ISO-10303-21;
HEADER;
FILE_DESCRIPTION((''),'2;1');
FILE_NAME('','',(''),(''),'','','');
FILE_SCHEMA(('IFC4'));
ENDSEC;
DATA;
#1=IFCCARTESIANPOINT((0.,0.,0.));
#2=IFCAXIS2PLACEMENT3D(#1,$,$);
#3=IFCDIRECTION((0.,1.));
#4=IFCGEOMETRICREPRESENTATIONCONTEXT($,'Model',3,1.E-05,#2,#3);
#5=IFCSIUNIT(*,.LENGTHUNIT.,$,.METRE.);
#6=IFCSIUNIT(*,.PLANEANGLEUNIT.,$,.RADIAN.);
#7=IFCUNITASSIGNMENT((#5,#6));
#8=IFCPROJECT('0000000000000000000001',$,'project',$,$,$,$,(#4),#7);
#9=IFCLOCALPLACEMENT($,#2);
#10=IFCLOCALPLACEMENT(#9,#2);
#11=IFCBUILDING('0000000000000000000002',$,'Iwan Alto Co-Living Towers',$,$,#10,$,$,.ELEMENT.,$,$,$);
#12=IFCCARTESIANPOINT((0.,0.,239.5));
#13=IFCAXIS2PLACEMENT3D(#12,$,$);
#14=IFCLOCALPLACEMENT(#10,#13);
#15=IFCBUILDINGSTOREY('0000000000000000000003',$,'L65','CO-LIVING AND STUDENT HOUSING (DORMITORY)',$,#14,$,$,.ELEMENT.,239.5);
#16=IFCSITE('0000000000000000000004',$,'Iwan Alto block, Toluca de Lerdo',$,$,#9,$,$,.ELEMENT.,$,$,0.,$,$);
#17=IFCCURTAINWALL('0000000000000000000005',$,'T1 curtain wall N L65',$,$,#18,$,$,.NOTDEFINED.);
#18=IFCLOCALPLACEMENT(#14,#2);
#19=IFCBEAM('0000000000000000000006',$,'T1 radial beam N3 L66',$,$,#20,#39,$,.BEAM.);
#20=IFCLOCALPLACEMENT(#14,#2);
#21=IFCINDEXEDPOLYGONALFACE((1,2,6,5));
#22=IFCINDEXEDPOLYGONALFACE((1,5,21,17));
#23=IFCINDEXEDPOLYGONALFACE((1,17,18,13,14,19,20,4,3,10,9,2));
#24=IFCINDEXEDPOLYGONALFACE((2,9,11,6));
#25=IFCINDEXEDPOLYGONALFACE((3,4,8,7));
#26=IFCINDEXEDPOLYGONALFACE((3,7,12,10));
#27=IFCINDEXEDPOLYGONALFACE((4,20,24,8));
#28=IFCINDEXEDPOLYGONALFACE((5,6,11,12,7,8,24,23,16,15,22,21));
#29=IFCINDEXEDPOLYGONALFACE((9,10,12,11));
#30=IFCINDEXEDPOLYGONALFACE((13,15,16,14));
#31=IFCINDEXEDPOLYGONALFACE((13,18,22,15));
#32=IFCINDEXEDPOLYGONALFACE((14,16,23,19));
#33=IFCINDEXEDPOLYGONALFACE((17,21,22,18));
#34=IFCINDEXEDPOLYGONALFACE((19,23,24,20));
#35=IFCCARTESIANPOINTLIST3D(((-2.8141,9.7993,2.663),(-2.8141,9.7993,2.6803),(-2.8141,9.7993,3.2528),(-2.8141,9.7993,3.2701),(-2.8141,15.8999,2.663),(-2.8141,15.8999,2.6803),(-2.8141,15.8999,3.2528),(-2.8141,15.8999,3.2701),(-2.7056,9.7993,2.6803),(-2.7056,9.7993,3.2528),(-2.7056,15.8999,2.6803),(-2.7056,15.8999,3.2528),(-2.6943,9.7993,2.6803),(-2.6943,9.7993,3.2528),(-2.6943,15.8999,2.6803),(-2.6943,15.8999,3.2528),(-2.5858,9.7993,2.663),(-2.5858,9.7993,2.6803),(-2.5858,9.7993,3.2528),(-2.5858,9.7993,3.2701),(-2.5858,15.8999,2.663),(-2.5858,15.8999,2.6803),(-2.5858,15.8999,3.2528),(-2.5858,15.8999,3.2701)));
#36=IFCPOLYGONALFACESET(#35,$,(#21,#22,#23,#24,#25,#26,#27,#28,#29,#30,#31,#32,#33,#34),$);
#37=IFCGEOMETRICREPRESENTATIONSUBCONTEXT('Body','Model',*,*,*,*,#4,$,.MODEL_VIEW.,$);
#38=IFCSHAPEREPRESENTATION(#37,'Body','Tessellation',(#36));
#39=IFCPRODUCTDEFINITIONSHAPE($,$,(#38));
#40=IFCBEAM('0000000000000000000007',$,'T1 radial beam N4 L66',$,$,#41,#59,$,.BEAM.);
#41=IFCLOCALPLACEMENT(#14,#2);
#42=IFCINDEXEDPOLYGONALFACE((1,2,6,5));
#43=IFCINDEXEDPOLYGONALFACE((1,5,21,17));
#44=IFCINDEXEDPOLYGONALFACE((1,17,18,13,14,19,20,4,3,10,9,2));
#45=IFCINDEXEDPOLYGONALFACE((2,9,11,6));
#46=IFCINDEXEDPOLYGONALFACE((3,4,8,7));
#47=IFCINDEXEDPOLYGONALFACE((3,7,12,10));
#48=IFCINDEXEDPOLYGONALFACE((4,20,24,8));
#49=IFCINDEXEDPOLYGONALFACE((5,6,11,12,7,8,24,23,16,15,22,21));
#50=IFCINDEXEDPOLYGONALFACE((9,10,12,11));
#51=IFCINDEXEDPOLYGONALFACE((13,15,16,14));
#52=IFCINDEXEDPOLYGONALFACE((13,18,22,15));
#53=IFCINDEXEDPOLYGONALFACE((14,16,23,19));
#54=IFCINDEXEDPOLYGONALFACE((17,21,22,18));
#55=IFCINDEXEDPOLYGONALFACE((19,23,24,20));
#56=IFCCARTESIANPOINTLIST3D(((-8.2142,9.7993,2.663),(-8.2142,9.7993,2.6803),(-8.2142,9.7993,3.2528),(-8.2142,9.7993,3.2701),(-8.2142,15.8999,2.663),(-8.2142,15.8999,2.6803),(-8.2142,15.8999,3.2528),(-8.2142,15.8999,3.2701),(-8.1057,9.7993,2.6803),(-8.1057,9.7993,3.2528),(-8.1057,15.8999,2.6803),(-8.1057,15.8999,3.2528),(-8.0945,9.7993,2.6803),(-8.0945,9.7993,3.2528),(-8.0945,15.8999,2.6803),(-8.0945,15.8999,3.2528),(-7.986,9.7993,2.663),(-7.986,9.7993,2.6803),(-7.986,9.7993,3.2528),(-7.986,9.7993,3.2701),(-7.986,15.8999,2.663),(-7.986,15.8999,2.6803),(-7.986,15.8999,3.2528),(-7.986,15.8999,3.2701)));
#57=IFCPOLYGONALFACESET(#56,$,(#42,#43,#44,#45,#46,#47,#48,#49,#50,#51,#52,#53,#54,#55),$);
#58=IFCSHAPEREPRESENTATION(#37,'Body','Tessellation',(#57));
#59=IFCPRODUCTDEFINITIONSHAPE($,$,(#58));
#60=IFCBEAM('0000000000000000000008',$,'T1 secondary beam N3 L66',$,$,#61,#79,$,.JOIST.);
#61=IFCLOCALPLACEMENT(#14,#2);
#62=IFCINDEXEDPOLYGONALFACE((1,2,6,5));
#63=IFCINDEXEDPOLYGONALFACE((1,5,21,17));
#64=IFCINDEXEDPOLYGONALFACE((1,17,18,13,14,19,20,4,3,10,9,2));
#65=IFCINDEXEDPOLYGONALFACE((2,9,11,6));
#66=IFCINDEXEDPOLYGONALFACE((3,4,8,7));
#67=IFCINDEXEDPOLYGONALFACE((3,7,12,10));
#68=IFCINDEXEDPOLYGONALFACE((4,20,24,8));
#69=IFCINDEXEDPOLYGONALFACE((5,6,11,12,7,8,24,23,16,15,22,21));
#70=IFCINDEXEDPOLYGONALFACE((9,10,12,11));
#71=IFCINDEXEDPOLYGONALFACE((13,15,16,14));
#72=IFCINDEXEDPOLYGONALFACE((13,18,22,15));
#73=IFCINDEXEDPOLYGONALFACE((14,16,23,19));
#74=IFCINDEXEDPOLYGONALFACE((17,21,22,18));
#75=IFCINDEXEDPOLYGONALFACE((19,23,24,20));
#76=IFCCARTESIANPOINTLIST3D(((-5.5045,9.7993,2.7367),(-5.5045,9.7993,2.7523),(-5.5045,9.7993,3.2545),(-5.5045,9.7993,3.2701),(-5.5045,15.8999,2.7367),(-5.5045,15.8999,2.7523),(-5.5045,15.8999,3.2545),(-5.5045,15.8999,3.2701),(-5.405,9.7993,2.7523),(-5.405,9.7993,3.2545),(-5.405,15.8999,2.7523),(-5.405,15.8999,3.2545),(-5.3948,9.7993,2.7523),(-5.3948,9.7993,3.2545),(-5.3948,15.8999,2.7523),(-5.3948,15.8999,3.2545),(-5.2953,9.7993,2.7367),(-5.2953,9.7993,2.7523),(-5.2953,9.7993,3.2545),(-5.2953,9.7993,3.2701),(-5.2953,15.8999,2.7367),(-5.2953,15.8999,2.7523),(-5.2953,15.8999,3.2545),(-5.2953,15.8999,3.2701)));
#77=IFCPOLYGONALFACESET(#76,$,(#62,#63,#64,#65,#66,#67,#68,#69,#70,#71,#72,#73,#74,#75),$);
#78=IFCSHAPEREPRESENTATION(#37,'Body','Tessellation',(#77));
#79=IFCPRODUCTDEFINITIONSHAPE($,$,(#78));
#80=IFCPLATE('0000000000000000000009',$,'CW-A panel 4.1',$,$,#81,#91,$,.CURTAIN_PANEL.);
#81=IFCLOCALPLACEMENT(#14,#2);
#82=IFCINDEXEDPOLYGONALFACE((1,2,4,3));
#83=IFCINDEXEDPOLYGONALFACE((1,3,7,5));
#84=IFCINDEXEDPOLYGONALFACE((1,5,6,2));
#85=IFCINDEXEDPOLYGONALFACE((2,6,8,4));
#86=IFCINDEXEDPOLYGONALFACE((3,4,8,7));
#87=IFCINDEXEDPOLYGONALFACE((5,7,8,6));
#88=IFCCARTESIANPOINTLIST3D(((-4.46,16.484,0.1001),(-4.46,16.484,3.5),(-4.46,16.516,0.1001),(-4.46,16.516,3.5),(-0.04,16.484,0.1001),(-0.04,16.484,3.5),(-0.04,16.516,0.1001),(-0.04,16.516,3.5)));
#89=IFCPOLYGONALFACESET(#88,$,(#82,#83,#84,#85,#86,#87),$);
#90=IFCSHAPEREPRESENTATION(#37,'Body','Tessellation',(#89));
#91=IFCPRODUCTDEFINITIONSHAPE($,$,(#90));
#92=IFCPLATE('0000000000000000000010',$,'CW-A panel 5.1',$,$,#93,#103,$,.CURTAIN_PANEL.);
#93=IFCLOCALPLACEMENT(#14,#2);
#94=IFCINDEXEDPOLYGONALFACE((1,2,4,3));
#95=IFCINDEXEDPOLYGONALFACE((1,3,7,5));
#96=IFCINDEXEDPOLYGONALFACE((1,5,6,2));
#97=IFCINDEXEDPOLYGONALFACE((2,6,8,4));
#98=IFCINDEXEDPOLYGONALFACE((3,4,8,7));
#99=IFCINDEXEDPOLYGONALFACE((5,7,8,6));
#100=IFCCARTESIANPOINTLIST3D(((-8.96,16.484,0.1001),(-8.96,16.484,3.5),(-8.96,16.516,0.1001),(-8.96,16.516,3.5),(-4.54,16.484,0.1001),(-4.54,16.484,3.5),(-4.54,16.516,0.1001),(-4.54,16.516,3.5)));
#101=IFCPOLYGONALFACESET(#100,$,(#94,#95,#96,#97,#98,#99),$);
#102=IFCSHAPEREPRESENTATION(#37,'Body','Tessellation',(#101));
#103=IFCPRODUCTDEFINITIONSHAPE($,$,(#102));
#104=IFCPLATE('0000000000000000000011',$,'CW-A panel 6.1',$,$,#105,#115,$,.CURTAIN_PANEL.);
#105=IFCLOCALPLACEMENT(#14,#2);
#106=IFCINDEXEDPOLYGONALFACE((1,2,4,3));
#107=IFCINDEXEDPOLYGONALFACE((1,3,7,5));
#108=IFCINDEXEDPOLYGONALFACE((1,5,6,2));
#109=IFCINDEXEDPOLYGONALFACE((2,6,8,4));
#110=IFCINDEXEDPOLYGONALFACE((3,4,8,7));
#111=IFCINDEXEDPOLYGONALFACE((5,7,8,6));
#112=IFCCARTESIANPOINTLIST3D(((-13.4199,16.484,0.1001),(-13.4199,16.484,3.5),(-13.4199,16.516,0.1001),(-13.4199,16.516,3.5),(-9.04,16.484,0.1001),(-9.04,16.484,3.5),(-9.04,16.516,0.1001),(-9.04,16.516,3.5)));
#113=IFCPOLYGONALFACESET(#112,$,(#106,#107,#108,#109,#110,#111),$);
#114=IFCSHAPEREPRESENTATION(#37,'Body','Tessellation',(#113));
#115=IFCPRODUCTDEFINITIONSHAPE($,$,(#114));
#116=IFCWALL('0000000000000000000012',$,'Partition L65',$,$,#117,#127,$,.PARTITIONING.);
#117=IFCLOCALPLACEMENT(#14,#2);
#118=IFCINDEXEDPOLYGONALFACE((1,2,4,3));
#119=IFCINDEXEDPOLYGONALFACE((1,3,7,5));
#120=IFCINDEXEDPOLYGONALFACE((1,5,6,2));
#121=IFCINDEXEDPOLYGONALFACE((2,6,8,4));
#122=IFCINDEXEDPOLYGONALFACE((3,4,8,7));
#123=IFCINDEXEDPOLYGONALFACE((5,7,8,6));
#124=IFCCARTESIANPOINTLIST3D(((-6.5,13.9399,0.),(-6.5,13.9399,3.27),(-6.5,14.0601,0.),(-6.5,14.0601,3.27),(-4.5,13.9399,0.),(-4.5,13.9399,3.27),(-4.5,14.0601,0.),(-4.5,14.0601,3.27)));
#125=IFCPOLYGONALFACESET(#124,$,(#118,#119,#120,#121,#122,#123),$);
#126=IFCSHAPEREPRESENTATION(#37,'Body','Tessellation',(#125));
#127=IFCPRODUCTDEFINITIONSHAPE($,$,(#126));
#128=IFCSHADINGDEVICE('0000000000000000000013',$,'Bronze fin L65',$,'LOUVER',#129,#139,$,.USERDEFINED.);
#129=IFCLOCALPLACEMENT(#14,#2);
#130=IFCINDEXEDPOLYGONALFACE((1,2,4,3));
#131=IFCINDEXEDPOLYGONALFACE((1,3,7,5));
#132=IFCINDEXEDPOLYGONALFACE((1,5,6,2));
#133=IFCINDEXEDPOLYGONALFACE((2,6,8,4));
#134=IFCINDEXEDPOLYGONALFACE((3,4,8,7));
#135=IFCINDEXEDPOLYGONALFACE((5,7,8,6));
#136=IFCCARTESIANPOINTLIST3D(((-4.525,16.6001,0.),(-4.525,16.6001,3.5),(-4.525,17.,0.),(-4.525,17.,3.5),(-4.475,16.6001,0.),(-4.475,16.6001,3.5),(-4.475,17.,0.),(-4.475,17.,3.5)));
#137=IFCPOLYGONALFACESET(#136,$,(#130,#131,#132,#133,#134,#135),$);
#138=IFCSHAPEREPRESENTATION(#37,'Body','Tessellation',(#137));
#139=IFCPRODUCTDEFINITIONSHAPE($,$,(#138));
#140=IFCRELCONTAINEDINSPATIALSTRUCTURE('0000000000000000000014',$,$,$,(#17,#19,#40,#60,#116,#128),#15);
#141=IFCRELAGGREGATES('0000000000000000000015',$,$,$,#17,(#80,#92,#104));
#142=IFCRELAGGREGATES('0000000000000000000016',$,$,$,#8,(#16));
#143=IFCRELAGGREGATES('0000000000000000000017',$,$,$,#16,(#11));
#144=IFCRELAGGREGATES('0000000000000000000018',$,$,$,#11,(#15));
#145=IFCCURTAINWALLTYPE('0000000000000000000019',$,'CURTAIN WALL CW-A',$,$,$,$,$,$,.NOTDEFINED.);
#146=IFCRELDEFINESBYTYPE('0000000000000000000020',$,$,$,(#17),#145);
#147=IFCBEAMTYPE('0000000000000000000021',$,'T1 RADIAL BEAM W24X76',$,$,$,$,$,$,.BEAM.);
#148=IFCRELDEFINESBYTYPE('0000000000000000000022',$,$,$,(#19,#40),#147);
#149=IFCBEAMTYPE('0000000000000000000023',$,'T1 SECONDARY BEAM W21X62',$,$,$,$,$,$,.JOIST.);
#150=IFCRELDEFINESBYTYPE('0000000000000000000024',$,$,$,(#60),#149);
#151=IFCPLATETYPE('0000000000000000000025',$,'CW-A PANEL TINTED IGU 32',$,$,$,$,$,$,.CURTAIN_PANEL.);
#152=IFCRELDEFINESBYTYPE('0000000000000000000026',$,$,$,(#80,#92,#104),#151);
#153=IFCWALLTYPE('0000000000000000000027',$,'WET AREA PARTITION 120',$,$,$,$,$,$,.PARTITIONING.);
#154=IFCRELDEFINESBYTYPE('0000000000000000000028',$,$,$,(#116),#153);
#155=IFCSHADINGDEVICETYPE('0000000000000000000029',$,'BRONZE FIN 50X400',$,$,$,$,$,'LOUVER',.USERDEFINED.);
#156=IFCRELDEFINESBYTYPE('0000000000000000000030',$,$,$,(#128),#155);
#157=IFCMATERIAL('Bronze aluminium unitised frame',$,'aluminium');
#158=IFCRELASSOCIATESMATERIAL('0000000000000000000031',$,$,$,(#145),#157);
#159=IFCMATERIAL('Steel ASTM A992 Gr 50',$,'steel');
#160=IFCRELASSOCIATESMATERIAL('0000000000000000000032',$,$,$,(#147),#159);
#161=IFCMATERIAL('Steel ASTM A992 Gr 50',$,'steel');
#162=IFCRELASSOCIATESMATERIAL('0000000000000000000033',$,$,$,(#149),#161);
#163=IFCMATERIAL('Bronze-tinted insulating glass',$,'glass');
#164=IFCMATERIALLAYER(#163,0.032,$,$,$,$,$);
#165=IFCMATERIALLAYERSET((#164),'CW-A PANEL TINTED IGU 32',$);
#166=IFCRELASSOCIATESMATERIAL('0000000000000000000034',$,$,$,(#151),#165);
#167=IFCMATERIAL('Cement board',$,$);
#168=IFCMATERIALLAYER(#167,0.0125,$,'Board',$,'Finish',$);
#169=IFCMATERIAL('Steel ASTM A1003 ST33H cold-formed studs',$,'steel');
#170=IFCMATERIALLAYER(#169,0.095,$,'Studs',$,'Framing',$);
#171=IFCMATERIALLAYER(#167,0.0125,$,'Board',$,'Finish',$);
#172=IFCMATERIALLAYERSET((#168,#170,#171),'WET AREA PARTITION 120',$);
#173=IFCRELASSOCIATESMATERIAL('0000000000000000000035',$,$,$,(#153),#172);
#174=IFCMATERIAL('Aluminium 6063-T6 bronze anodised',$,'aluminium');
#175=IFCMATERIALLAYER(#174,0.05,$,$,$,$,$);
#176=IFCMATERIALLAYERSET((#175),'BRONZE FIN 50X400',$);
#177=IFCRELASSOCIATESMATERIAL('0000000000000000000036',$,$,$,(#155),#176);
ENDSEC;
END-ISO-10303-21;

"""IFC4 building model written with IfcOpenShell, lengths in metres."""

from ifc_helpers import new_model, si_unit, direction, frame, frame_2d, origin, origin_2d, place, context, subcontext, project, spatial, rectangle, i_section, extrude, material, layer, layer_set, material_profile, profile_set, type_object, element, aggregate, save


model = new_model("IFC4")

# Units and contexts
model_context = context("Model", 3, precision=1e-05, world=origin(), true_north=direction((0.0, 1.0)))
body_context = subcontext(model_context, "Body", "Model", "MODEL_VIEW")
ifc_project = project(units=[si_unit("LENGTHUNIT", "METRE"), si_unit("PLANEANGLEUNIT", "RADIAN")], contexts=[model_context])

# Site, building, storey
site_placement = place(None, origin())
site = spatial("IfcSite", under=ifc_project, at=site_placement, Name="Iwan Alto block, Toluca de Lerdo", CompositionType="ELEMENT", RefElevation=0.0)
building_placement = place(site_placement, origin())
building = spatial("IfcBuilding", under=site, at=building_placement, Name="Iwan Alto Co-Living Towers", CompositionType="ELEMENT")
storey_placement = place(building_placement, frame((0.0, 0.0, 239.5)))
storey = spatial("IfcBuildingStorey", under=building, at=storey_placement, Name="L65", Description="CO-LIVING AND STUDENT HOUSING (DORMITORY)", CompositionType="ELEMENT", Elevation=239.5)

# Curtain wall
ifc_material_1 = material(Name="Bronze aluminium unitised frame", Category="aluminium")
curtain_wall_type_1 = type_object("IfcCurtainWallType", Name="CURTAIN WALL CW-A", PredefinedType="NOTDEFINED", material=ifc_material_1)
curtain_wall_1_placement = place(storey_placement, origin())
curtain_wall_1 = element("IfcCurtainWall", 1, at=curtain_wall_1_placement, inside=storey, type_object=curtain_wall_type_1, Name="T1 curtain wall N L65", PredefinedType="NOTDEFINED")

# Beams
ifc_material_2 = material(Name="Steel ASTM A992 Gr 50", Category="steel")
ifc_material_profile_1 = material_profile(ifc_material_2, i_section(OverallWidth=0.2283, OverallDepth=0.6072, WebThickness=0.0112, FlangeThickness=0.0173, at=origin_2d()), Name="W24X76")
ifc_profile_set_1 = profile_set([ifc_material_profile_1], Name="Steel ASTM A992 Gr 50")
beam_type_1 = type_object("IfcBeamType", Name="T1 RADIAL BEAM W24X76", PredefinedType="BEAM", material=ifc_profile_set_1)
for number, where, z_axis, x_axis, name in (
    (2, (-2.7, 15.8999, 2.9666), (0.0, -1.0, 0.0), (1.0, 0.0, 0.0), "T1 radial beam N3 L66"),
    (3, (-8.1001, 15.8999, 2.9666), (0.0, -1.0, 0.0), (1.0, 0.0, 0.0), "T1 radial beam N4 L66"),
):
    element("IfcBeam", number, at=place(storey_placement, frame(where, z_axis=z_axis, x_axis=x_axis)), inside=storey, type_object=beam_type_1, Name=name, PredefinedType="BEAM", context=body_context, shape_type="SweptSolid", body=[
        extrude(i_section(OverallWidth=0.2283, OverallDepth=0.6072, WebThickness=0.0112, FlangeThickness=0.0173, at=origin_2d()), origin(), (0.0, 0.0, 1.0), 6.1006),
    ])
ifc_material_3 = material(Name="Steel ASTM A992 Gr 50", Category="steel")
ifc_material_profile_2 = material_profile(ifc_material_3, i_section(OverallWidth=0.2092, OverallDepth=0.5334, WebThickness=0.0103, FlangeThickness=0.0156, at=origin_2d()), Name="W21X62")
ifc_profile_set_2 = profile_set([ifc_material_profile_2], Name="Steel ASTM A992 Gr 50")
beam_type_2 = type_object("IfcBeamType", Name="T1 SECONDARY BEAM W21X62", PredefinedType="JOIST", material=ifc_profile_set_2)
beam_1_placement = place(storey_placement, frame((-5.3999, 15.8999, 3.0034), z_axis=(0.0, -1.0, 0.0), x_axis=(1.0, 0.0, 0.0)))
element("IfcBeam", 4, at=beam_1_placement, inside=storey, type_object=beam_type_2, Name="T1 secondary beam N3 L66", PredefinedType="JOIST", context=body_context, shape_type="SweptSolid", body=[
    extrude(i_section(OverallWidth=0.2092, OverallDepth=0.5334, WebThickness=0.0103, FlangeThickness=0.0156, at=origin_2d()), origin(), (0.0, 0.0, 1.0), 6.1006),
])

# Plates
ifc_material_4 = material(Name="Bronze-tinted insulating glass", Category="glass")
ifc_layer_1 = layer(ifc_material_4, 0.032)
ifc_layer_set_1 = layer_set([ifc_layer_1], Name="CW-A PANEL TINTED IGU 32")
plate_type = type_object("IfcPlateType", Name="CW-A PANEL TINTED IGU 32", PredefinedType="CURTAIN_PANEL", material=ifc_layer_set_1)
plate_1_placement = place(storey_placement, frame((-2.25, 16.5, 0.1001), z_axis=(0.0, 0.0, 1.0), x_axis=(-1.0, 0.0, 0.0)))
plate_1 = element("IfcPlate", 5, at=plate_1_placement, type_object=plate_type, Name="CW-A panel 4.1", PredefinedType="CURTAIN_PANEL", context=body_context, shape_type="SweptSolid", body=[
    extrude(rectangle(XDim=4.4199, YDim=0.032, at=origin_2d()), origin(), (0.0, 0.0, 1.0), 3.3999),
])
plate_2_placement = place(storey_placement, frame((-6.75, 16.5, 0.1001), z_axis=(0.0, 0.0, 1.0), x_axis=(-1.0, 0.0, 0.0)))
plate_2 = element("IfcPlate", 6, at=plate_2_placement, type_object=plate_type, Name="CW-A panel 5.1", PredefinedType="CURTAIN_PANEL", context=body_context, shape_type="SweptSolid", body=[
    extrude(rectangle(XDim=4.4199, YDim=0.032, at=origin_2d()), origin(), (0.0, 0.0, 1.0), 3.3999),
])
plate_3_placement = place(storey_placement, frame((-11.23, 16.5, 0.1001), z_axis=(0.0, 0.0, 1.0), x_axis=(-1.0, 0.0, 0.0)))
plate_3 = element("IfcPlate", 7, at=plate_3_placement, type_object=plate_type, Name="CW-A panel 6.1", PredefinedType="CURTAIN_PANEL", context=body_context, shape_type="SweptSolid", body=[
    extrude(rectangle(XDim=4.3799, YDim=0.032, at=origin_2d()), origin(), (0.0, 0.0, 1.0), 3.3999),
])
aggregate(curtain_wall_1, [plate_1, plate_2, plate_3])

# Wall
ifc_material_5 = material(Name="Cement board")
ifc_layer_2 = layer(ifc_material_5, 0.0125, Name="Board", Category="Finish")
ifc_material_6 = material(Name="Steel ASTM A1003 ST33H cold-formed studs", Category="steel")
ifc_layer_3 = layer(ifc_material_6, 0.095, Name="Studs", Category="Framing")
ifc_layer_4 = layer(ifc_material_5, 0.0125, Name="Board", Category="Finish")
ifc_layer_set_2 = layer_set([ifc_layer_2, ifc_layer_3, ifc_layer_4], Name="WET AREA PARTITION 120")
wall_type = type_object("IfcWallType", Name="WET AREA PARTITION 120", PredefinedType="PARTITIONING", material=ifc_layer_set_2)
wall_placement = place(storey_placement, frame((-6.5, 14.0, 0.0), z_axis=(0.0, 0.0, 1.0), x_axis=(1.0, 0.0, 0.0)))
element("IfcWall", 8, at=wall_placement, inside=storey, type_object=wall_type, Name="Partition L65", PredefinedType="PARTITIONING", context=body_context, shape_type="SweptSolid", body=[
    extrude(rectangle(XDim=2.0, YDim=0.1201, at=frame_2d((1.0, 0.0))), origin(), (0.0, 0.0, 1.0), 3.27),
])

# Shading device
ifc_material_7 = material(Name="Aluminium 6063-T6 bronze anodised", Category="aluminium")
ifc_layer_5 = layer(ifc_material_7, 0.05)
ifc_layer_set_3 = layer_set([ifc_layer_5], Name="BRONZE FIN 50X400")
shading_device_type = type_object("IfcShadingDeviceType", Name="BRONZE FIN 50X400", ElementType="LOUVER", PredefinedType="USERDEFINED", material=ifc_layer_set_3)
shading_device_placement = place(storey_placement, frame((-4.5, 16.8, 0.0), z_axis=(0.0, 0.0, 1.0), x_axis=(-1.0, 0.0, 0.0)))
element("IfcShadingDevice", 9, at=shading_device_placement, inside=storey, type_object=shading_device_type, Name="Bronze fin L65", ObjectType="LOUVER", PredefinedType="USERDEFINED", context=body_context, shape_type="SweptSolid", body=[
    extrude(rectangle(XDim=0.05, YDim=0.3999, at=origin_2d()), origin(), (0.0, 0.0, 1.0), 3.5),
])

save(model, "model.ifc")
